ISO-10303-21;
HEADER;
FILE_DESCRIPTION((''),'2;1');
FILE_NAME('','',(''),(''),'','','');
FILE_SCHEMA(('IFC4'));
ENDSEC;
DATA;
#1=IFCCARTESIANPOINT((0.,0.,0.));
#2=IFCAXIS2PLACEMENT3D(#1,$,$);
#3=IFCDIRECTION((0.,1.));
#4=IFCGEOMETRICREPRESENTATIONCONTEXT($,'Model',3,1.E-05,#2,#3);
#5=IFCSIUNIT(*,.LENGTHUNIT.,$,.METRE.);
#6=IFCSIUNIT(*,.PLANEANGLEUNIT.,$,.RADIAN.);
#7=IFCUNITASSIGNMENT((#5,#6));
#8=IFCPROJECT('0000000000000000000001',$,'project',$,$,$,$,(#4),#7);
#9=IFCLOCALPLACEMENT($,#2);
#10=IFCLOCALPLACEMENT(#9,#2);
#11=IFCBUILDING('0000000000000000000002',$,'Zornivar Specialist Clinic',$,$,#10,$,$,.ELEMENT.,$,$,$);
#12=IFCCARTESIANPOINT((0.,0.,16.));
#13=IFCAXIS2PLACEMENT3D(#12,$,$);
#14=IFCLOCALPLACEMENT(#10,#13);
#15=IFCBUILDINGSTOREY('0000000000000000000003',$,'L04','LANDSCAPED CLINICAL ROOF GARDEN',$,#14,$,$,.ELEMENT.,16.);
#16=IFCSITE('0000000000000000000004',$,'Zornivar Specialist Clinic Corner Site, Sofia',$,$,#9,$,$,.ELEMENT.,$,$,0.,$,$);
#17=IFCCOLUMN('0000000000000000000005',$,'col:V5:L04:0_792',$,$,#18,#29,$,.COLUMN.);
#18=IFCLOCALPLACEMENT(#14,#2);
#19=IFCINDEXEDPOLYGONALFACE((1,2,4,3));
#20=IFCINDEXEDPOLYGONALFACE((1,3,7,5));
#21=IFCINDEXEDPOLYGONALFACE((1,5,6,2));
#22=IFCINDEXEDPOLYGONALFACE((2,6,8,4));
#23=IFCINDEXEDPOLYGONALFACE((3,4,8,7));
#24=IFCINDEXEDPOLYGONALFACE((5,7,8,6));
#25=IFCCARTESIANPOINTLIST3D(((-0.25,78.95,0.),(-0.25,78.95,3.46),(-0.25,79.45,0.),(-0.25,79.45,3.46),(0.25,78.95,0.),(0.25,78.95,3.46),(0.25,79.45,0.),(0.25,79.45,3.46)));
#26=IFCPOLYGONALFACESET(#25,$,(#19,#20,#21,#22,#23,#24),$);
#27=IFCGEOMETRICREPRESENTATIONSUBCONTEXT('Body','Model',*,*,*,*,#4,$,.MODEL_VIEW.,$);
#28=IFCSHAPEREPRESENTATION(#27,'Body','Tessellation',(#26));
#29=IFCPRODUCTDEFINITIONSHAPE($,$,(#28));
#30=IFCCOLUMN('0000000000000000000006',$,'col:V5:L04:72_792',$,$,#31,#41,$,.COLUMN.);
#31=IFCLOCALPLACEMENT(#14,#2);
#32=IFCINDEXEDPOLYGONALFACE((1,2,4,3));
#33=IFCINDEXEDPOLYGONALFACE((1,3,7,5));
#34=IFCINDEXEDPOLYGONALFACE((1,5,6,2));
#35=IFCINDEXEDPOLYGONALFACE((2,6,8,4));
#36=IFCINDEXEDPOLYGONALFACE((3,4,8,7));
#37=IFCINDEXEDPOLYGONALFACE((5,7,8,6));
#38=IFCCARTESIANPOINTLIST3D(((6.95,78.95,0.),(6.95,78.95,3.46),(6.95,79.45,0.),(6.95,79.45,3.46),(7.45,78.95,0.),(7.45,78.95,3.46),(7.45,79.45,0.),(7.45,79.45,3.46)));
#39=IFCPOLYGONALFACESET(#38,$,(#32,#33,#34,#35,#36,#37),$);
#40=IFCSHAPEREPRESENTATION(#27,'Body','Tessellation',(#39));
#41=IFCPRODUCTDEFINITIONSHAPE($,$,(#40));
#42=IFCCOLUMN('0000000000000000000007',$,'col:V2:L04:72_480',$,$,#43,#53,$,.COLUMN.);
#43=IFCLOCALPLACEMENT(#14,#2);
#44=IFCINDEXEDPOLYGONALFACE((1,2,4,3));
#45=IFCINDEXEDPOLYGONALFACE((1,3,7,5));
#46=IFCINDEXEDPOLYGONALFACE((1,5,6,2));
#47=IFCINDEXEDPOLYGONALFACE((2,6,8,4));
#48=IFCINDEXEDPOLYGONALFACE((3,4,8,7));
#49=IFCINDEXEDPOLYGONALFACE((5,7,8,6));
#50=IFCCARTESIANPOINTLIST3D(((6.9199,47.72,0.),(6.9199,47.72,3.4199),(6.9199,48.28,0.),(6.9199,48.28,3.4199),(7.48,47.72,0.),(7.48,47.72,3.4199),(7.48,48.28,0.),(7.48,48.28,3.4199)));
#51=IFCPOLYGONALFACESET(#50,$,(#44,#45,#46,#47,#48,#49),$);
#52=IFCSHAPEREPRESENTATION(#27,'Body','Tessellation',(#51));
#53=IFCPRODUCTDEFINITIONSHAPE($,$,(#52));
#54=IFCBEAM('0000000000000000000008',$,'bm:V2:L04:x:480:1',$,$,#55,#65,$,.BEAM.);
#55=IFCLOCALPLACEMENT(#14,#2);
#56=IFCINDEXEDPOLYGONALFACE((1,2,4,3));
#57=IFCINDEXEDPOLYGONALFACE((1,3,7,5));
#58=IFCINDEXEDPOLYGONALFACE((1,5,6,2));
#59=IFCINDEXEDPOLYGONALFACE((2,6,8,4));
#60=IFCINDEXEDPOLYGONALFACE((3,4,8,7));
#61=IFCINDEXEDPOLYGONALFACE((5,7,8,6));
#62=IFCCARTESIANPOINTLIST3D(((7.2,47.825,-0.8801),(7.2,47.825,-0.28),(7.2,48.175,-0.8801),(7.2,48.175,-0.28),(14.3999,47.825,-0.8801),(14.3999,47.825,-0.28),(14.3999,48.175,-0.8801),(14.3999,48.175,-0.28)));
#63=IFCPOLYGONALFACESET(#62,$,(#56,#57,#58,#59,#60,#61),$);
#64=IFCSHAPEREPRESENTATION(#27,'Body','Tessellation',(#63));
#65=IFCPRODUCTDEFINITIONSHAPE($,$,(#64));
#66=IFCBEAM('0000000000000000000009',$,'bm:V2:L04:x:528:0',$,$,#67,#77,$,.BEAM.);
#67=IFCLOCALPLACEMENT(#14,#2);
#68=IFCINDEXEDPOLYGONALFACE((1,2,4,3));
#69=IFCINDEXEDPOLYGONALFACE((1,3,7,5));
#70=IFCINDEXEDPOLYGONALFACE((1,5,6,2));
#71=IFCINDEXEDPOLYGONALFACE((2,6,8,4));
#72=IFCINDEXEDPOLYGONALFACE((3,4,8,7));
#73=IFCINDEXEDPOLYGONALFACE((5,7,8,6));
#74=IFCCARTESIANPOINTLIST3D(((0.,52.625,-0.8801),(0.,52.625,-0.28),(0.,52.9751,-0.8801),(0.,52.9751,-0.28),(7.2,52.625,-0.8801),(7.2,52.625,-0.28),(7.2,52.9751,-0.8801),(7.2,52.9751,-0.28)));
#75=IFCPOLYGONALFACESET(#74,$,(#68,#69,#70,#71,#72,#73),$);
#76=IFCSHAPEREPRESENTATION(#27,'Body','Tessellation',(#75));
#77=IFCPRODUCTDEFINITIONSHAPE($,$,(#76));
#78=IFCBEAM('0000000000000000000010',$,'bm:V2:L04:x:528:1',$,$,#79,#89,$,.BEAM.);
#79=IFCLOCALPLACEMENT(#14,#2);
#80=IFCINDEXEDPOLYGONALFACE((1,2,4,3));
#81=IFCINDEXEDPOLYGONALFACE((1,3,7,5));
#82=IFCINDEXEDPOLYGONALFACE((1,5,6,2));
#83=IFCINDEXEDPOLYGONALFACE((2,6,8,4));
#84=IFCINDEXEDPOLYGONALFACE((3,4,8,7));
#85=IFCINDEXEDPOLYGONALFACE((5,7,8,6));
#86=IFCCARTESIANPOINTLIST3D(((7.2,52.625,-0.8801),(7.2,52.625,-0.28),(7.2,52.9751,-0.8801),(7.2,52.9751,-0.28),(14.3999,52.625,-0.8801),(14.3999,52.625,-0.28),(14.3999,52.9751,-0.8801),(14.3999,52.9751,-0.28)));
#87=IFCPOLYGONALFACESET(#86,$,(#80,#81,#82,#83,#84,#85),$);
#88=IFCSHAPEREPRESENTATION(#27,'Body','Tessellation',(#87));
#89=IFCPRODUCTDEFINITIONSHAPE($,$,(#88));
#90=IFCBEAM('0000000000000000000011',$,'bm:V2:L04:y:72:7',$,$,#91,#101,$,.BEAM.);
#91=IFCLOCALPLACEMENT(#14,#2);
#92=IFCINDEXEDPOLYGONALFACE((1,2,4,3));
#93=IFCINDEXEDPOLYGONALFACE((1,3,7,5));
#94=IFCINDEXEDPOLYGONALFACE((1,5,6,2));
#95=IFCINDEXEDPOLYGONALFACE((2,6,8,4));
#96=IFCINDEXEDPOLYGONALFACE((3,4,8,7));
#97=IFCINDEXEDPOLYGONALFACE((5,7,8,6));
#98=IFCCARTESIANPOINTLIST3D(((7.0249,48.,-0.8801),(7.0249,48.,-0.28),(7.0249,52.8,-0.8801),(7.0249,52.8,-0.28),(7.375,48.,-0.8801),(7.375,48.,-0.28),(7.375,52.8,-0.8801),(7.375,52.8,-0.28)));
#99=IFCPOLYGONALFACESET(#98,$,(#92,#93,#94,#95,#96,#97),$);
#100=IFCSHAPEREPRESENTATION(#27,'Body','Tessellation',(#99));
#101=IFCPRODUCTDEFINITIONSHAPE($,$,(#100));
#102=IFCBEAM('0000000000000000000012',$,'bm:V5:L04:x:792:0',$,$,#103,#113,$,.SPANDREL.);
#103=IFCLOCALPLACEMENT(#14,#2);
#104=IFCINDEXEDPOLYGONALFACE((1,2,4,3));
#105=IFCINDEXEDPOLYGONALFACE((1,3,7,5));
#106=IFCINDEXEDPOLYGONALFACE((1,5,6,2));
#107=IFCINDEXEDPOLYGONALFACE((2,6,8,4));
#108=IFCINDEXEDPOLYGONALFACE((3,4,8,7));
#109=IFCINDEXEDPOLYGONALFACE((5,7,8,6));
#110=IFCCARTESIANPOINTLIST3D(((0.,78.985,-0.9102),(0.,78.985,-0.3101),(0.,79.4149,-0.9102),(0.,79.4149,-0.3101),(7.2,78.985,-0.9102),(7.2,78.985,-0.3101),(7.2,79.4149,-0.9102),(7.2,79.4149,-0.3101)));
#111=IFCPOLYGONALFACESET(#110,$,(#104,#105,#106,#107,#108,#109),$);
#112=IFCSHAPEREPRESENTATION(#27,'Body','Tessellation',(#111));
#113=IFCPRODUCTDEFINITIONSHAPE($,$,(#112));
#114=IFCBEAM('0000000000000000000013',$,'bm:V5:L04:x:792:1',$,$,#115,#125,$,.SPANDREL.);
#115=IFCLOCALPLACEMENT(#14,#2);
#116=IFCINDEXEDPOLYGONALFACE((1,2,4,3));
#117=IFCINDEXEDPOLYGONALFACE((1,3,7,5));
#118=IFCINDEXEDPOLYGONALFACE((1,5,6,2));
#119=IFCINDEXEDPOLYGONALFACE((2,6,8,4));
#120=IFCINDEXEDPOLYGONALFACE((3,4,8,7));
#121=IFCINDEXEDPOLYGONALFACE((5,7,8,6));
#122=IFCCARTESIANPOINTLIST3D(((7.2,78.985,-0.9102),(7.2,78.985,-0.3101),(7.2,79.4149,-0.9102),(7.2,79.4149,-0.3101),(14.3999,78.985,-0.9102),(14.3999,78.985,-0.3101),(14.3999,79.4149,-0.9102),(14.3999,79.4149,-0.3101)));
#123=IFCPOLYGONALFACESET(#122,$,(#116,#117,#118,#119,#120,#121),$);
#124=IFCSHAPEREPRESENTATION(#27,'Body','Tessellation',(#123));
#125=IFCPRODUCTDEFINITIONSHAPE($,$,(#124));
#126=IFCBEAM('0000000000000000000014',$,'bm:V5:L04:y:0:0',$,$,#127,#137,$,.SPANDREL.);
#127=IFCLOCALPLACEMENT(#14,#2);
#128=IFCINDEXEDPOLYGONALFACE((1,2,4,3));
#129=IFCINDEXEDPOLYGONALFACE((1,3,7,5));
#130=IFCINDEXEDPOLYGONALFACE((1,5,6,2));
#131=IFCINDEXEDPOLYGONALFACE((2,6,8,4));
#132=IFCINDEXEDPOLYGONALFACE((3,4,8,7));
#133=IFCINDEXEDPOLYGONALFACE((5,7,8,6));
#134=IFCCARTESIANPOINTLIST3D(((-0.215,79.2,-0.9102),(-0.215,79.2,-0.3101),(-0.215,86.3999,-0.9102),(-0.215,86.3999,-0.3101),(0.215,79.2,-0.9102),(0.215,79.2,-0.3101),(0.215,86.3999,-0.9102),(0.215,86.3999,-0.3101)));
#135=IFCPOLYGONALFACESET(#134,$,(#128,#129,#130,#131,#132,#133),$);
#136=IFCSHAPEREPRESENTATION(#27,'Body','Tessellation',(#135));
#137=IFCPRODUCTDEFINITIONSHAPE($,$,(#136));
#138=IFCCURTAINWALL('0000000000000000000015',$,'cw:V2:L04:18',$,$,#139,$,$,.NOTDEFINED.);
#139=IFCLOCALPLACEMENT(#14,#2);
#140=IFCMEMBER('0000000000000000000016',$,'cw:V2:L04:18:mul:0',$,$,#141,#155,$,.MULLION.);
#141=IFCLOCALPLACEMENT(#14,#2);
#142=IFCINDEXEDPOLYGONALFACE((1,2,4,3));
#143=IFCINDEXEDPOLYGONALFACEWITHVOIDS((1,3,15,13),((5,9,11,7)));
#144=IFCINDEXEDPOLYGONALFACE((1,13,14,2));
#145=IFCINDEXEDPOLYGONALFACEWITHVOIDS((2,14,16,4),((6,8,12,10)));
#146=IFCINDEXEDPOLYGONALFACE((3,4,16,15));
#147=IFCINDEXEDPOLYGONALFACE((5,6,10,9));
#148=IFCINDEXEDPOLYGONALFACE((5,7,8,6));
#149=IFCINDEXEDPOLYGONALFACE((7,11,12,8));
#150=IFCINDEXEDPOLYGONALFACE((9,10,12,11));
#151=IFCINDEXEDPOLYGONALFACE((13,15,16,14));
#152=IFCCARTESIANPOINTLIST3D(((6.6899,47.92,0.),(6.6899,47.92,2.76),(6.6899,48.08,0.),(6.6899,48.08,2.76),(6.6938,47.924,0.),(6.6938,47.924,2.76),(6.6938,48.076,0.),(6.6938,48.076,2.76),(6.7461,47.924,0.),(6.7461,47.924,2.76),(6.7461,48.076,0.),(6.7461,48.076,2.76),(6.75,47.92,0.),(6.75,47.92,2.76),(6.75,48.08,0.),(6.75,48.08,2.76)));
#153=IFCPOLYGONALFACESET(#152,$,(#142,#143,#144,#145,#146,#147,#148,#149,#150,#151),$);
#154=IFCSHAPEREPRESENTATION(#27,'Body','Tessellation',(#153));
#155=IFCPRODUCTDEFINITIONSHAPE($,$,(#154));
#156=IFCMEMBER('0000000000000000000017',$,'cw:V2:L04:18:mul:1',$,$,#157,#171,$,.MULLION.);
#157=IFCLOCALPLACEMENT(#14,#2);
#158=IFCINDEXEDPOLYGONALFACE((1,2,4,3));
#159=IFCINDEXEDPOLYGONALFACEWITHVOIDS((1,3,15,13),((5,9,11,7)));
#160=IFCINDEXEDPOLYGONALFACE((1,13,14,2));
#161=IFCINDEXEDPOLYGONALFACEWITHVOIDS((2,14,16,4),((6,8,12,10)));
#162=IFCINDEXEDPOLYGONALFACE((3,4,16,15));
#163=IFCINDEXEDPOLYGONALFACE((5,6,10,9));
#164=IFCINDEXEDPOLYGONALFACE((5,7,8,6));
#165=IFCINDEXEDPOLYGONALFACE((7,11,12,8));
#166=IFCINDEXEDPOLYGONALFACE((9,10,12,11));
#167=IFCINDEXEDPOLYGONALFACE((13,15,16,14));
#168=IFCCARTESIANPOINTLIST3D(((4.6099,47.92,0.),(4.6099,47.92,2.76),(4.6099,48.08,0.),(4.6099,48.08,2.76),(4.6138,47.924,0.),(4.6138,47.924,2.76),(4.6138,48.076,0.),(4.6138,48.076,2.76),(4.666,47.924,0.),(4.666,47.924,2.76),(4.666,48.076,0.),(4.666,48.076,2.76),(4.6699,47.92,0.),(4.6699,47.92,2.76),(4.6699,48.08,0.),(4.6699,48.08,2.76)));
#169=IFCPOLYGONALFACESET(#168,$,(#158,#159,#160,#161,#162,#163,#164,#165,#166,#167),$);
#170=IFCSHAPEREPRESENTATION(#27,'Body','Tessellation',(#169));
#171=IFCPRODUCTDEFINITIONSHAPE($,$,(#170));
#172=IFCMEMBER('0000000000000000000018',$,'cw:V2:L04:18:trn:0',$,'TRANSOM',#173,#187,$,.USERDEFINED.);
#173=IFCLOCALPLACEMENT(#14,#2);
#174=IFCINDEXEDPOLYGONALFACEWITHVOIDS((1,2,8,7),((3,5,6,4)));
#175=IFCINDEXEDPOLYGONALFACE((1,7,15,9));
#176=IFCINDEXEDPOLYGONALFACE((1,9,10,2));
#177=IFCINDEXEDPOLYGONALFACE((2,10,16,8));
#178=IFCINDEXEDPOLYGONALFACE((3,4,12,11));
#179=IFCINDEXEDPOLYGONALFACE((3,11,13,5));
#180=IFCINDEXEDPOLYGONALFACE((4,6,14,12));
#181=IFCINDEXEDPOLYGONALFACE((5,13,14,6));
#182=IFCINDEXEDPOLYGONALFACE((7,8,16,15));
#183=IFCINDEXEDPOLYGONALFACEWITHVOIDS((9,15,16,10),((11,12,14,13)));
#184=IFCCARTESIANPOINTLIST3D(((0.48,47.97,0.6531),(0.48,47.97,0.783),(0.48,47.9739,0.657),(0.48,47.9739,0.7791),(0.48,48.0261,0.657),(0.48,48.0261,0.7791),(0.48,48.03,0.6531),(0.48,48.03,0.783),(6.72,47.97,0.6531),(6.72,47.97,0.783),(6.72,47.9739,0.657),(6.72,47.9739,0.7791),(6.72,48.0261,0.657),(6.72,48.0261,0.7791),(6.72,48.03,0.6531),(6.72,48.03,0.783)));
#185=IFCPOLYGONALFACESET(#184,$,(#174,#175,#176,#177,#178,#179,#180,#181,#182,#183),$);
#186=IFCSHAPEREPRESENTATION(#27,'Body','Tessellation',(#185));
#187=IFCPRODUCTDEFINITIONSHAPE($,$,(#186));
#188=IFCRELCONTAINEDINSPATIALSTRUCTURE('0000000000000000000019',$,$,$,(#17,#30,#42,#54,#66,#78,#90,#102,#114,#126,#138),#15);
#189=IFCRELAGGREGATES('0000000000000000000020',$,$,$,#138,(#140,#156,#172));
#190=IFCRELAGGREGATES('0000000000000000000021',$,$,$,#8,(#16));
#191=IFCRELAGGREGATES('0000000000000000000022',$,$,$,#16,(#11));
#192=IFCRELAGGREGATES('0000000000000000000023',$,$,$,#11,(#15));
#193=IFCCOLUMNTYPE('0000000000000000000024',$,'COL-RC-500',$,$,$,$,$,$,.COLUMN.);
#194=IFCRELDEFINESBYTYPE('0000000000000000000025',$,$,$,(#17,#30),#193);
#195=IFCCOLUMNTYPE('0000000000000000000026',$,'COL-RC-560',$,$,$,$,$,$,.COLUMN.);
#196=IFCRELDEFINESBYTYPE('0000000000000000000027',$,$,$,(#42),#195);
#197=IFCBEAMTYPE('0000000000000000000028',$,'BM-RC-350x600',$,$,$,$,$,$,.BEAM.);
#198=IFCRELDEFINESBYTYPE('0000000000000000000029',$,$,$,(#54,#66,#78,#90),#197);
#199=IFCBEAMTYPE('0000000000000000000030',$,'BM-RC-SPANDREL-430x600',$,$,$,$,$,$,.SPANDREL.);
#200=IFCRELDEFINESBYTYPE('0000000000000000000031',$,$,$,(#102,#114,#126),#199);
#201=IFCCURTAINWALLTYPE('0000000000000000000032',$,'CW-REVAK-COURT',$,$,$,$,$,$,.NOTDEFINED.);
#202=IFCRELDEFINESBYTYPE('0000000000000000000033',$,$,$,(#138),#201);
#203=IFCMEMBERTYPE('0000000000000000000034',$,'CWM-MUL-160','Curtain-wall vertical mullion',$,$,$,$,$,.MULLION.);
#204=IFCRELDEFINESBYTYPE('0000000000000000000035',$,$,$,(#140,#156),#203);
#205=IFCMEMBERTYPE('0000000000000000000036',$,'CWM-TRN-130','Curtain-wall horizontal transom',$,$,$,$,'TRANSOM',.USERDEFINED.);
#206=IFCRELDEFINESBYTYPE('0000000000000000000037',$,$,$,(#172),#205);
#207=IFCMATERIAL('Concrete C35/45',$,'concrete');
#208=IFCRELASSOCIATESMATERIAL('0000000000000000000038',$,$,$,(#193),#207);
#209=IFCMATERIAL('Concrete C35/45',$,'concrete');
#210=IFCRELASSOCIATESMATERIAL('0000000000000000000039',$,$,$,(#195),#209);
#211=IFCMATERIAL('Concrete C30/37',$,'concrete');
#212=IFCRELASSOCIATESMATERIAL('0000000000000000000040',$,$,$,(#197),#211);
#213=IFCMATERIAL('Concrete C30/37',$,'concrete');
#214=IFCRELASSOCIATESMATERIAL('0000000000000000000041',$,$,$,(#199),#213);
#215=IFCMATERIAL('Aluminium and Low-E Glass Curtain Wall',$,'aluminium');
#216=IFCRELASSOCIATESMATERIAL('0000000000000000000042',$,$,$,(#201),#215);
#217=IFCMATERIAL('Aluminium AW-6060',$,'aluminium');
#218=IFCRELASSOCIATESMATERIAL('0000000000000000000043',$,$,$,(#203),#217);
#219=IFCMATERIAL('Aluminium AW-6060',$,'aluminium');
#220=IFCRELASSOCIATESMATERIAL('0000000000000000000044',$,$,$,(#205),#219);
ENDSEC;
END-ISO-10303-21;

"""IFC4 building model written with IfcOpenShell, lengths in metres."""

from ifc_helpers import new_model, si_unit, direction, frame, origin, origin_2d, place, context, subcontext, project, spatial, rectangle, hollow_rectangle, extrude, material, material_profile, profile_set, type_object, element, aggregate, save


model = new_model("IFC4")

# Units and contexts
model_context = context("Model", 3, precision=1e-05, world=origin(), true_north=direction((0.0, 1.0)))
body_context = subcontext(model_context, "Body", "Model", "MODEL_VIEW")
ifc_project = project(units=[si_unit("LENGTHUNIT", "METRE"), si_unit("PLANEANGLEUNIT", "RADIAN")], contexts=[model_context])

# Site, building, storey
site_placement = place(None, origin())
site = spatial("IfcSite", under=ifc_project, at=site_placement, Name="Zornivar Specialist Clinic Corner Site, Sofia", CompositionType="ELEMENT", RefElevation=0.0)
building_placement = place(site_placement, origin())
building = spatial("IfcBuilding", under=site, at=building_placement, Name="Zornivar Specialist Clinic", CompositionType="ELEMENT")
storey_placement = place(building_placement, frame((0.0, 0.0, 16.0)))
storey = spatial("IfcBuildingStorey", under=building, at=storey_placement, Name="L04", Description="LANDSCAPED CLINICAL ROOF GARDEN", CompositionType="ELEMENT", Elevation=16.0)

# Columns
ifc_material_1 = material(Name="Concrete C35/45", Category="concrete")
ifc_material_profile_1 = material_profile(ifc_material_1, rectangle(XDim=0.5, YDim=0.5, at=origin_2d()), Name="RC 500x500")
ifc_profile_set_1 = profile_set([ifc_material_profile_1], Name="Concrete C35/45")
column_type_1 = type_object("IfcColumnType", Name="COL-RC-500", PredefinedType="COLUMN", material=ifc_profile_set_1)
for number, where, z_axis, x_axis, name in (
    (1, (0.0, 79.2, 0.0), (0.0, 0.0, 1.0), (1.0, 0.0, 0.0), "col:V5:L04:0_792"),
    (2, (7.2, 79.2, 0.0), (0.0, 0.0, 1.0), (1.0, 0.0, 0.0), "col:V5:L04:72_792"),
):
    element("IfcColumn", number, at=place(storey_placement, frame(where, z_axis=z_axis, x_axis=x_axis)), inside=storey, type_object=column_type_1, Name=name, PredefinedType="COLUMN", context=body_context, shape_type="SweptSolid", body=[
        extrude(rectangle(XDim=0.5, YDim=0.5, at=origin_2d()), origin(), (0.0, 0.0, 1.0), 3.46),
    ])
ifc_material_2 = material(Name="Concrete C35/45", Category="concrete")
ifc_material_profile_2 = material_profile(ifc_material_2, rectangle(XDim=0.5601, YDim=0.5601, at=origin_2d()), Name="RC 560x560")
ifc_profile_set_2 = profile_set([ifc_material_profile_2], Name="Concrete C35/45")
column_type_2 = type_object("IfcColumnType", Name="COL-RC-560", PredefinedType="COLUMN", material=ifc_profile_set_2)
column_placement = place(storey_placement, frame((7.2, 48.0, 0.0), z_axis=(0.0, 0.0, 1.0), x_axis=(1.0, 0.0, 0.0)))
element("IfcColumn", 3, at=column_placement, inside=storey, type_object=column_type_2, Name="col:V2:L04:72_480", PredefinedType="COLUMN", context=body_context, shape_type="SweptSolid", body=[
    extrude(rectangle(XDim=0.5601, YDim=0.5601, at=origin_2d()), origin(), (0.0, 0.0, 1.0), 3.4199),
])

# Beams
ifc_material_3 = material(Name="Concrete C30/37", Category="concrete")
ifc_material_profile_3 = material_profile(ifc_material_3, rectangle(XDim=0.3501, YDim=0.6001, at=origin_2d()), Name="RC 350x600")
ifc_profile_set_3 = profile_set([ifc_material_profile_3], Name="Concrete C30/37")
beam_type_1 = type_object("IfcBeamType", Name="BM-RC-350x600", PredefinedType="BEAM", material=ifc_profile_set_3)
for number, where, z_axis, x_axis, name in (
    (4, (7.2, 48.0, -0.5801), (1.0, 0.0, 0.0), (0.0, 1.0, 0.0), "bm:V2:L04:x:480:1"),
    (5, (0.0, 52.8, -0.5801), (1.0, 0.0, 0.0), (0.0, 1.0, 0.0), "bm:V2:L04:x:528:0"),
    (6, (7.2, 52.8, -0.5801), (1.0, 0.0, 0.0), (0.0, 1.0, 0.0), "bm:V2:L04:x:528:1"),
):
    element("IfcBeam", number, at=place(storey_placement, frame(where, z_axis=z_axis, x_axis=x_axis)), inside=storey, type_object=beam_type_1, Name=name, PredefinedType="BEAM", context=body_context, shape_type="SweptSolid", body=[
        extrude(rectangle(XDim=0.3501, YDim=0.6001, at=origin_2d()), origin(), (0.0, 0.0, 1.0), 7.2),
    ])
beam_placement = place(storey_placement, frame((7.2, 48.0, -0.5801), z_axis=(0.0, 1.0, 0.0), x_axis=(-1.0, 0.0, 0.0)))
element("IfcBeam", 7, at=beam_placement, inside=storey, type_object=beam_type_1, Name="bm:V2:L04:y:72:7", PredefinedType="BEAM", context=body_context, shape_type="SweptSolid", body=[
    extrude(rectangle(XDim=0.3501, YDim=0.6001, at=origin_2d()), origin(), (0.0, 0.0, 1.0), 4.8),
])
ifc_material_4 = material(Name="Concrete C30/37", Category="concrete")
ifc_material_profile_4 = material_profile(ifc_material_4, rectangle(XDim=0.4299, YDim=0.6001, at=origin_2d()), Name="RC 430x600")
ifc_profile_set_4 = profile_set([ifc_material_profile_4], Name="Concrete C30/37")
beam_type_2 = type_object("IfcBeamType", Name="BM-RC-SPANDREL-430x600", PredefinedType="SPANDREL", material=ifc_profile_set_4)
for number, where, z_axis, x_axis, name in (
    (8, (0.0, 79.2, -0.6101), (1.0, 0.0, 0.0), (0.0, 1.0, 0.0), "bm:V5:L04:x:792:0"),
    (9, (7.2, 79.2, -0.6101), (1.0, 0.0, 0.0), (0.0, 1.0, 0.0), "bm:V5:L04:x:792:1"),
    (10, (0.0, 79.2, -0.6101), (0.0, 1.0, 0.0), (-1.0, 0.0, 0.0), "bm:V5:L04:y:0:0"),
):
    element("IfcBeam", number, at=place(storey_placement, frame(where, z_axis=z_axis, x_axis=x_axis)), inside=storey, type_object=beam_type_2, Name=name, PredefinedType="SPANDREL", context=body_context, shape_type="SweptSolid", body=[
        extrude(rectangle(XDim=0.4299, YDim=0.6001, at=origin_2d()), origin(), (0.0, 0.0, 1.0), 7.2),
    ])

# Curtain wall, members
ifc_material_5 = material(Name="Aluminium and Low-E Glass Curtain Wall", Category="aluminium")
curtain_wall_type = type_object("IfcCurtainWallType", Name="CW-REVAK-COURT", PredefinedType="NOTDEFINED", material=ifc_material_5)
curtain_wall_placement = place(storey_placement, origin())
curtain_wall = element("IfcCurtainWall", 11, at=curtain_wall_placement, inside=storey, type_object=curtain_wall_type, Name="cw:V2:L04:18", PredefinedType="NOTDEFINED")
ifc_material_6 = material(Name="Aluminium AW-6060", Category="aluminium")
ifc_material_profile_5 = material_profile(ifc_material_6, hollow_rectangle(XDim=0.0601, YDim=0.1599, WallThickness=0.0039, at=origin_2d()), Name="ALU 60x160x4")
ifc_profile_set_5 = profile_set([ifc_material_profile_5], Name="Aluminium AW-6060")
member_type_1 = type_object("IfcMemberType", Name="CWM-MUL-160", Description="Curtain-wall vertical mullion", PredefinedType="MULLION", material=ifc_profile_set_5)
member_1_placement = place(storey_placement, frame((6.72, 48.0, 0.0), z_axis=(0.0, 0.0, 1.0), x_axis=(1.0, 0.0, 0.0)))
member_1 = element("IfcMember", 12, at=member_1_placement, type_object=member_type_1, Name="cw:V2:L04:18:mul:0", PredefinedType="MULLION", context=body_context, shape_type="SweptSolid", body=[
    extrude(hollow_rectangle(XDim=0.0601, YDim=0.1599, WallThickness=0.0039, at=origin_2d()), origin(), (0.0, 0.0, 1.0), 2.76),
])
member_2_placement = place(storey_placement, frame((4.6399, 48.0, 0.0), z_axis=(0.0, 0.0, 1.0), x_axis=(1.0, 0.0, 0.0)))
member_2 = element("IfcMember", 13, at=member_2_placement, type_object=member_type_1, Name="cw:V2:L04:18:mul:1", PredefinedType="MULLION", context=body_context, shape_type="SweptSolid", body=[
    extrude(hollow_rectangle(XDim=0.0601, YDim=0.1599, WallThickness=0.0039, at=origin_2d()), origin(), (0.0, 0.0, 1.0), 2.76),
])
ifc_material_7 = material(Name="Aluminium AW-6060", Category="aluminium")
ifc_material_profile_6 = material_profile(ifc_material_7, hollow_rectangle(XDim=0.0601, YDim=0.1299, WallThickness=0.0039, at=origin_2d()), Name="ALU 60x130x4")
ifc_profile_set_6 = profile_set([ifc_material_profile_6], Name="Aluminium AW-6060")
member_type_2 = type_object("IfcMemberType", Name="CWM-TRN-130", Description="Curtain-wall horizontal transom", ElementType="TRANSOM", PredefinedType="USERDEFINED", material=ifc_profile_set_6)
member_3_placement = place(storey_placement, frame((6.72, 48.0, 0.718), z_axis=(-1.0, 0.0, 0.0), x_axis=(0.0, -1.0, 0.0)))
member_3 = element("IfcMember", 14, at=member_3_placement, type_object=member_type_2, Name="cw:V2:L04:18:trn:0", ObjectType="TRANSOM", PredefinedType="USERDEFINED", context=body_context, shape_type="SweptSolid", body=[
    extrude(hollow_rectangle(XDim=0.0601, YDim=0.1299, WallThickness=0.0039, at=origin_2d()), origin(), (0.0, 0.0, 1.0), 6.24),
])
aggregate(curtain_wall, [member_1, member_2, member_3])

save(model, "model.ifc")
